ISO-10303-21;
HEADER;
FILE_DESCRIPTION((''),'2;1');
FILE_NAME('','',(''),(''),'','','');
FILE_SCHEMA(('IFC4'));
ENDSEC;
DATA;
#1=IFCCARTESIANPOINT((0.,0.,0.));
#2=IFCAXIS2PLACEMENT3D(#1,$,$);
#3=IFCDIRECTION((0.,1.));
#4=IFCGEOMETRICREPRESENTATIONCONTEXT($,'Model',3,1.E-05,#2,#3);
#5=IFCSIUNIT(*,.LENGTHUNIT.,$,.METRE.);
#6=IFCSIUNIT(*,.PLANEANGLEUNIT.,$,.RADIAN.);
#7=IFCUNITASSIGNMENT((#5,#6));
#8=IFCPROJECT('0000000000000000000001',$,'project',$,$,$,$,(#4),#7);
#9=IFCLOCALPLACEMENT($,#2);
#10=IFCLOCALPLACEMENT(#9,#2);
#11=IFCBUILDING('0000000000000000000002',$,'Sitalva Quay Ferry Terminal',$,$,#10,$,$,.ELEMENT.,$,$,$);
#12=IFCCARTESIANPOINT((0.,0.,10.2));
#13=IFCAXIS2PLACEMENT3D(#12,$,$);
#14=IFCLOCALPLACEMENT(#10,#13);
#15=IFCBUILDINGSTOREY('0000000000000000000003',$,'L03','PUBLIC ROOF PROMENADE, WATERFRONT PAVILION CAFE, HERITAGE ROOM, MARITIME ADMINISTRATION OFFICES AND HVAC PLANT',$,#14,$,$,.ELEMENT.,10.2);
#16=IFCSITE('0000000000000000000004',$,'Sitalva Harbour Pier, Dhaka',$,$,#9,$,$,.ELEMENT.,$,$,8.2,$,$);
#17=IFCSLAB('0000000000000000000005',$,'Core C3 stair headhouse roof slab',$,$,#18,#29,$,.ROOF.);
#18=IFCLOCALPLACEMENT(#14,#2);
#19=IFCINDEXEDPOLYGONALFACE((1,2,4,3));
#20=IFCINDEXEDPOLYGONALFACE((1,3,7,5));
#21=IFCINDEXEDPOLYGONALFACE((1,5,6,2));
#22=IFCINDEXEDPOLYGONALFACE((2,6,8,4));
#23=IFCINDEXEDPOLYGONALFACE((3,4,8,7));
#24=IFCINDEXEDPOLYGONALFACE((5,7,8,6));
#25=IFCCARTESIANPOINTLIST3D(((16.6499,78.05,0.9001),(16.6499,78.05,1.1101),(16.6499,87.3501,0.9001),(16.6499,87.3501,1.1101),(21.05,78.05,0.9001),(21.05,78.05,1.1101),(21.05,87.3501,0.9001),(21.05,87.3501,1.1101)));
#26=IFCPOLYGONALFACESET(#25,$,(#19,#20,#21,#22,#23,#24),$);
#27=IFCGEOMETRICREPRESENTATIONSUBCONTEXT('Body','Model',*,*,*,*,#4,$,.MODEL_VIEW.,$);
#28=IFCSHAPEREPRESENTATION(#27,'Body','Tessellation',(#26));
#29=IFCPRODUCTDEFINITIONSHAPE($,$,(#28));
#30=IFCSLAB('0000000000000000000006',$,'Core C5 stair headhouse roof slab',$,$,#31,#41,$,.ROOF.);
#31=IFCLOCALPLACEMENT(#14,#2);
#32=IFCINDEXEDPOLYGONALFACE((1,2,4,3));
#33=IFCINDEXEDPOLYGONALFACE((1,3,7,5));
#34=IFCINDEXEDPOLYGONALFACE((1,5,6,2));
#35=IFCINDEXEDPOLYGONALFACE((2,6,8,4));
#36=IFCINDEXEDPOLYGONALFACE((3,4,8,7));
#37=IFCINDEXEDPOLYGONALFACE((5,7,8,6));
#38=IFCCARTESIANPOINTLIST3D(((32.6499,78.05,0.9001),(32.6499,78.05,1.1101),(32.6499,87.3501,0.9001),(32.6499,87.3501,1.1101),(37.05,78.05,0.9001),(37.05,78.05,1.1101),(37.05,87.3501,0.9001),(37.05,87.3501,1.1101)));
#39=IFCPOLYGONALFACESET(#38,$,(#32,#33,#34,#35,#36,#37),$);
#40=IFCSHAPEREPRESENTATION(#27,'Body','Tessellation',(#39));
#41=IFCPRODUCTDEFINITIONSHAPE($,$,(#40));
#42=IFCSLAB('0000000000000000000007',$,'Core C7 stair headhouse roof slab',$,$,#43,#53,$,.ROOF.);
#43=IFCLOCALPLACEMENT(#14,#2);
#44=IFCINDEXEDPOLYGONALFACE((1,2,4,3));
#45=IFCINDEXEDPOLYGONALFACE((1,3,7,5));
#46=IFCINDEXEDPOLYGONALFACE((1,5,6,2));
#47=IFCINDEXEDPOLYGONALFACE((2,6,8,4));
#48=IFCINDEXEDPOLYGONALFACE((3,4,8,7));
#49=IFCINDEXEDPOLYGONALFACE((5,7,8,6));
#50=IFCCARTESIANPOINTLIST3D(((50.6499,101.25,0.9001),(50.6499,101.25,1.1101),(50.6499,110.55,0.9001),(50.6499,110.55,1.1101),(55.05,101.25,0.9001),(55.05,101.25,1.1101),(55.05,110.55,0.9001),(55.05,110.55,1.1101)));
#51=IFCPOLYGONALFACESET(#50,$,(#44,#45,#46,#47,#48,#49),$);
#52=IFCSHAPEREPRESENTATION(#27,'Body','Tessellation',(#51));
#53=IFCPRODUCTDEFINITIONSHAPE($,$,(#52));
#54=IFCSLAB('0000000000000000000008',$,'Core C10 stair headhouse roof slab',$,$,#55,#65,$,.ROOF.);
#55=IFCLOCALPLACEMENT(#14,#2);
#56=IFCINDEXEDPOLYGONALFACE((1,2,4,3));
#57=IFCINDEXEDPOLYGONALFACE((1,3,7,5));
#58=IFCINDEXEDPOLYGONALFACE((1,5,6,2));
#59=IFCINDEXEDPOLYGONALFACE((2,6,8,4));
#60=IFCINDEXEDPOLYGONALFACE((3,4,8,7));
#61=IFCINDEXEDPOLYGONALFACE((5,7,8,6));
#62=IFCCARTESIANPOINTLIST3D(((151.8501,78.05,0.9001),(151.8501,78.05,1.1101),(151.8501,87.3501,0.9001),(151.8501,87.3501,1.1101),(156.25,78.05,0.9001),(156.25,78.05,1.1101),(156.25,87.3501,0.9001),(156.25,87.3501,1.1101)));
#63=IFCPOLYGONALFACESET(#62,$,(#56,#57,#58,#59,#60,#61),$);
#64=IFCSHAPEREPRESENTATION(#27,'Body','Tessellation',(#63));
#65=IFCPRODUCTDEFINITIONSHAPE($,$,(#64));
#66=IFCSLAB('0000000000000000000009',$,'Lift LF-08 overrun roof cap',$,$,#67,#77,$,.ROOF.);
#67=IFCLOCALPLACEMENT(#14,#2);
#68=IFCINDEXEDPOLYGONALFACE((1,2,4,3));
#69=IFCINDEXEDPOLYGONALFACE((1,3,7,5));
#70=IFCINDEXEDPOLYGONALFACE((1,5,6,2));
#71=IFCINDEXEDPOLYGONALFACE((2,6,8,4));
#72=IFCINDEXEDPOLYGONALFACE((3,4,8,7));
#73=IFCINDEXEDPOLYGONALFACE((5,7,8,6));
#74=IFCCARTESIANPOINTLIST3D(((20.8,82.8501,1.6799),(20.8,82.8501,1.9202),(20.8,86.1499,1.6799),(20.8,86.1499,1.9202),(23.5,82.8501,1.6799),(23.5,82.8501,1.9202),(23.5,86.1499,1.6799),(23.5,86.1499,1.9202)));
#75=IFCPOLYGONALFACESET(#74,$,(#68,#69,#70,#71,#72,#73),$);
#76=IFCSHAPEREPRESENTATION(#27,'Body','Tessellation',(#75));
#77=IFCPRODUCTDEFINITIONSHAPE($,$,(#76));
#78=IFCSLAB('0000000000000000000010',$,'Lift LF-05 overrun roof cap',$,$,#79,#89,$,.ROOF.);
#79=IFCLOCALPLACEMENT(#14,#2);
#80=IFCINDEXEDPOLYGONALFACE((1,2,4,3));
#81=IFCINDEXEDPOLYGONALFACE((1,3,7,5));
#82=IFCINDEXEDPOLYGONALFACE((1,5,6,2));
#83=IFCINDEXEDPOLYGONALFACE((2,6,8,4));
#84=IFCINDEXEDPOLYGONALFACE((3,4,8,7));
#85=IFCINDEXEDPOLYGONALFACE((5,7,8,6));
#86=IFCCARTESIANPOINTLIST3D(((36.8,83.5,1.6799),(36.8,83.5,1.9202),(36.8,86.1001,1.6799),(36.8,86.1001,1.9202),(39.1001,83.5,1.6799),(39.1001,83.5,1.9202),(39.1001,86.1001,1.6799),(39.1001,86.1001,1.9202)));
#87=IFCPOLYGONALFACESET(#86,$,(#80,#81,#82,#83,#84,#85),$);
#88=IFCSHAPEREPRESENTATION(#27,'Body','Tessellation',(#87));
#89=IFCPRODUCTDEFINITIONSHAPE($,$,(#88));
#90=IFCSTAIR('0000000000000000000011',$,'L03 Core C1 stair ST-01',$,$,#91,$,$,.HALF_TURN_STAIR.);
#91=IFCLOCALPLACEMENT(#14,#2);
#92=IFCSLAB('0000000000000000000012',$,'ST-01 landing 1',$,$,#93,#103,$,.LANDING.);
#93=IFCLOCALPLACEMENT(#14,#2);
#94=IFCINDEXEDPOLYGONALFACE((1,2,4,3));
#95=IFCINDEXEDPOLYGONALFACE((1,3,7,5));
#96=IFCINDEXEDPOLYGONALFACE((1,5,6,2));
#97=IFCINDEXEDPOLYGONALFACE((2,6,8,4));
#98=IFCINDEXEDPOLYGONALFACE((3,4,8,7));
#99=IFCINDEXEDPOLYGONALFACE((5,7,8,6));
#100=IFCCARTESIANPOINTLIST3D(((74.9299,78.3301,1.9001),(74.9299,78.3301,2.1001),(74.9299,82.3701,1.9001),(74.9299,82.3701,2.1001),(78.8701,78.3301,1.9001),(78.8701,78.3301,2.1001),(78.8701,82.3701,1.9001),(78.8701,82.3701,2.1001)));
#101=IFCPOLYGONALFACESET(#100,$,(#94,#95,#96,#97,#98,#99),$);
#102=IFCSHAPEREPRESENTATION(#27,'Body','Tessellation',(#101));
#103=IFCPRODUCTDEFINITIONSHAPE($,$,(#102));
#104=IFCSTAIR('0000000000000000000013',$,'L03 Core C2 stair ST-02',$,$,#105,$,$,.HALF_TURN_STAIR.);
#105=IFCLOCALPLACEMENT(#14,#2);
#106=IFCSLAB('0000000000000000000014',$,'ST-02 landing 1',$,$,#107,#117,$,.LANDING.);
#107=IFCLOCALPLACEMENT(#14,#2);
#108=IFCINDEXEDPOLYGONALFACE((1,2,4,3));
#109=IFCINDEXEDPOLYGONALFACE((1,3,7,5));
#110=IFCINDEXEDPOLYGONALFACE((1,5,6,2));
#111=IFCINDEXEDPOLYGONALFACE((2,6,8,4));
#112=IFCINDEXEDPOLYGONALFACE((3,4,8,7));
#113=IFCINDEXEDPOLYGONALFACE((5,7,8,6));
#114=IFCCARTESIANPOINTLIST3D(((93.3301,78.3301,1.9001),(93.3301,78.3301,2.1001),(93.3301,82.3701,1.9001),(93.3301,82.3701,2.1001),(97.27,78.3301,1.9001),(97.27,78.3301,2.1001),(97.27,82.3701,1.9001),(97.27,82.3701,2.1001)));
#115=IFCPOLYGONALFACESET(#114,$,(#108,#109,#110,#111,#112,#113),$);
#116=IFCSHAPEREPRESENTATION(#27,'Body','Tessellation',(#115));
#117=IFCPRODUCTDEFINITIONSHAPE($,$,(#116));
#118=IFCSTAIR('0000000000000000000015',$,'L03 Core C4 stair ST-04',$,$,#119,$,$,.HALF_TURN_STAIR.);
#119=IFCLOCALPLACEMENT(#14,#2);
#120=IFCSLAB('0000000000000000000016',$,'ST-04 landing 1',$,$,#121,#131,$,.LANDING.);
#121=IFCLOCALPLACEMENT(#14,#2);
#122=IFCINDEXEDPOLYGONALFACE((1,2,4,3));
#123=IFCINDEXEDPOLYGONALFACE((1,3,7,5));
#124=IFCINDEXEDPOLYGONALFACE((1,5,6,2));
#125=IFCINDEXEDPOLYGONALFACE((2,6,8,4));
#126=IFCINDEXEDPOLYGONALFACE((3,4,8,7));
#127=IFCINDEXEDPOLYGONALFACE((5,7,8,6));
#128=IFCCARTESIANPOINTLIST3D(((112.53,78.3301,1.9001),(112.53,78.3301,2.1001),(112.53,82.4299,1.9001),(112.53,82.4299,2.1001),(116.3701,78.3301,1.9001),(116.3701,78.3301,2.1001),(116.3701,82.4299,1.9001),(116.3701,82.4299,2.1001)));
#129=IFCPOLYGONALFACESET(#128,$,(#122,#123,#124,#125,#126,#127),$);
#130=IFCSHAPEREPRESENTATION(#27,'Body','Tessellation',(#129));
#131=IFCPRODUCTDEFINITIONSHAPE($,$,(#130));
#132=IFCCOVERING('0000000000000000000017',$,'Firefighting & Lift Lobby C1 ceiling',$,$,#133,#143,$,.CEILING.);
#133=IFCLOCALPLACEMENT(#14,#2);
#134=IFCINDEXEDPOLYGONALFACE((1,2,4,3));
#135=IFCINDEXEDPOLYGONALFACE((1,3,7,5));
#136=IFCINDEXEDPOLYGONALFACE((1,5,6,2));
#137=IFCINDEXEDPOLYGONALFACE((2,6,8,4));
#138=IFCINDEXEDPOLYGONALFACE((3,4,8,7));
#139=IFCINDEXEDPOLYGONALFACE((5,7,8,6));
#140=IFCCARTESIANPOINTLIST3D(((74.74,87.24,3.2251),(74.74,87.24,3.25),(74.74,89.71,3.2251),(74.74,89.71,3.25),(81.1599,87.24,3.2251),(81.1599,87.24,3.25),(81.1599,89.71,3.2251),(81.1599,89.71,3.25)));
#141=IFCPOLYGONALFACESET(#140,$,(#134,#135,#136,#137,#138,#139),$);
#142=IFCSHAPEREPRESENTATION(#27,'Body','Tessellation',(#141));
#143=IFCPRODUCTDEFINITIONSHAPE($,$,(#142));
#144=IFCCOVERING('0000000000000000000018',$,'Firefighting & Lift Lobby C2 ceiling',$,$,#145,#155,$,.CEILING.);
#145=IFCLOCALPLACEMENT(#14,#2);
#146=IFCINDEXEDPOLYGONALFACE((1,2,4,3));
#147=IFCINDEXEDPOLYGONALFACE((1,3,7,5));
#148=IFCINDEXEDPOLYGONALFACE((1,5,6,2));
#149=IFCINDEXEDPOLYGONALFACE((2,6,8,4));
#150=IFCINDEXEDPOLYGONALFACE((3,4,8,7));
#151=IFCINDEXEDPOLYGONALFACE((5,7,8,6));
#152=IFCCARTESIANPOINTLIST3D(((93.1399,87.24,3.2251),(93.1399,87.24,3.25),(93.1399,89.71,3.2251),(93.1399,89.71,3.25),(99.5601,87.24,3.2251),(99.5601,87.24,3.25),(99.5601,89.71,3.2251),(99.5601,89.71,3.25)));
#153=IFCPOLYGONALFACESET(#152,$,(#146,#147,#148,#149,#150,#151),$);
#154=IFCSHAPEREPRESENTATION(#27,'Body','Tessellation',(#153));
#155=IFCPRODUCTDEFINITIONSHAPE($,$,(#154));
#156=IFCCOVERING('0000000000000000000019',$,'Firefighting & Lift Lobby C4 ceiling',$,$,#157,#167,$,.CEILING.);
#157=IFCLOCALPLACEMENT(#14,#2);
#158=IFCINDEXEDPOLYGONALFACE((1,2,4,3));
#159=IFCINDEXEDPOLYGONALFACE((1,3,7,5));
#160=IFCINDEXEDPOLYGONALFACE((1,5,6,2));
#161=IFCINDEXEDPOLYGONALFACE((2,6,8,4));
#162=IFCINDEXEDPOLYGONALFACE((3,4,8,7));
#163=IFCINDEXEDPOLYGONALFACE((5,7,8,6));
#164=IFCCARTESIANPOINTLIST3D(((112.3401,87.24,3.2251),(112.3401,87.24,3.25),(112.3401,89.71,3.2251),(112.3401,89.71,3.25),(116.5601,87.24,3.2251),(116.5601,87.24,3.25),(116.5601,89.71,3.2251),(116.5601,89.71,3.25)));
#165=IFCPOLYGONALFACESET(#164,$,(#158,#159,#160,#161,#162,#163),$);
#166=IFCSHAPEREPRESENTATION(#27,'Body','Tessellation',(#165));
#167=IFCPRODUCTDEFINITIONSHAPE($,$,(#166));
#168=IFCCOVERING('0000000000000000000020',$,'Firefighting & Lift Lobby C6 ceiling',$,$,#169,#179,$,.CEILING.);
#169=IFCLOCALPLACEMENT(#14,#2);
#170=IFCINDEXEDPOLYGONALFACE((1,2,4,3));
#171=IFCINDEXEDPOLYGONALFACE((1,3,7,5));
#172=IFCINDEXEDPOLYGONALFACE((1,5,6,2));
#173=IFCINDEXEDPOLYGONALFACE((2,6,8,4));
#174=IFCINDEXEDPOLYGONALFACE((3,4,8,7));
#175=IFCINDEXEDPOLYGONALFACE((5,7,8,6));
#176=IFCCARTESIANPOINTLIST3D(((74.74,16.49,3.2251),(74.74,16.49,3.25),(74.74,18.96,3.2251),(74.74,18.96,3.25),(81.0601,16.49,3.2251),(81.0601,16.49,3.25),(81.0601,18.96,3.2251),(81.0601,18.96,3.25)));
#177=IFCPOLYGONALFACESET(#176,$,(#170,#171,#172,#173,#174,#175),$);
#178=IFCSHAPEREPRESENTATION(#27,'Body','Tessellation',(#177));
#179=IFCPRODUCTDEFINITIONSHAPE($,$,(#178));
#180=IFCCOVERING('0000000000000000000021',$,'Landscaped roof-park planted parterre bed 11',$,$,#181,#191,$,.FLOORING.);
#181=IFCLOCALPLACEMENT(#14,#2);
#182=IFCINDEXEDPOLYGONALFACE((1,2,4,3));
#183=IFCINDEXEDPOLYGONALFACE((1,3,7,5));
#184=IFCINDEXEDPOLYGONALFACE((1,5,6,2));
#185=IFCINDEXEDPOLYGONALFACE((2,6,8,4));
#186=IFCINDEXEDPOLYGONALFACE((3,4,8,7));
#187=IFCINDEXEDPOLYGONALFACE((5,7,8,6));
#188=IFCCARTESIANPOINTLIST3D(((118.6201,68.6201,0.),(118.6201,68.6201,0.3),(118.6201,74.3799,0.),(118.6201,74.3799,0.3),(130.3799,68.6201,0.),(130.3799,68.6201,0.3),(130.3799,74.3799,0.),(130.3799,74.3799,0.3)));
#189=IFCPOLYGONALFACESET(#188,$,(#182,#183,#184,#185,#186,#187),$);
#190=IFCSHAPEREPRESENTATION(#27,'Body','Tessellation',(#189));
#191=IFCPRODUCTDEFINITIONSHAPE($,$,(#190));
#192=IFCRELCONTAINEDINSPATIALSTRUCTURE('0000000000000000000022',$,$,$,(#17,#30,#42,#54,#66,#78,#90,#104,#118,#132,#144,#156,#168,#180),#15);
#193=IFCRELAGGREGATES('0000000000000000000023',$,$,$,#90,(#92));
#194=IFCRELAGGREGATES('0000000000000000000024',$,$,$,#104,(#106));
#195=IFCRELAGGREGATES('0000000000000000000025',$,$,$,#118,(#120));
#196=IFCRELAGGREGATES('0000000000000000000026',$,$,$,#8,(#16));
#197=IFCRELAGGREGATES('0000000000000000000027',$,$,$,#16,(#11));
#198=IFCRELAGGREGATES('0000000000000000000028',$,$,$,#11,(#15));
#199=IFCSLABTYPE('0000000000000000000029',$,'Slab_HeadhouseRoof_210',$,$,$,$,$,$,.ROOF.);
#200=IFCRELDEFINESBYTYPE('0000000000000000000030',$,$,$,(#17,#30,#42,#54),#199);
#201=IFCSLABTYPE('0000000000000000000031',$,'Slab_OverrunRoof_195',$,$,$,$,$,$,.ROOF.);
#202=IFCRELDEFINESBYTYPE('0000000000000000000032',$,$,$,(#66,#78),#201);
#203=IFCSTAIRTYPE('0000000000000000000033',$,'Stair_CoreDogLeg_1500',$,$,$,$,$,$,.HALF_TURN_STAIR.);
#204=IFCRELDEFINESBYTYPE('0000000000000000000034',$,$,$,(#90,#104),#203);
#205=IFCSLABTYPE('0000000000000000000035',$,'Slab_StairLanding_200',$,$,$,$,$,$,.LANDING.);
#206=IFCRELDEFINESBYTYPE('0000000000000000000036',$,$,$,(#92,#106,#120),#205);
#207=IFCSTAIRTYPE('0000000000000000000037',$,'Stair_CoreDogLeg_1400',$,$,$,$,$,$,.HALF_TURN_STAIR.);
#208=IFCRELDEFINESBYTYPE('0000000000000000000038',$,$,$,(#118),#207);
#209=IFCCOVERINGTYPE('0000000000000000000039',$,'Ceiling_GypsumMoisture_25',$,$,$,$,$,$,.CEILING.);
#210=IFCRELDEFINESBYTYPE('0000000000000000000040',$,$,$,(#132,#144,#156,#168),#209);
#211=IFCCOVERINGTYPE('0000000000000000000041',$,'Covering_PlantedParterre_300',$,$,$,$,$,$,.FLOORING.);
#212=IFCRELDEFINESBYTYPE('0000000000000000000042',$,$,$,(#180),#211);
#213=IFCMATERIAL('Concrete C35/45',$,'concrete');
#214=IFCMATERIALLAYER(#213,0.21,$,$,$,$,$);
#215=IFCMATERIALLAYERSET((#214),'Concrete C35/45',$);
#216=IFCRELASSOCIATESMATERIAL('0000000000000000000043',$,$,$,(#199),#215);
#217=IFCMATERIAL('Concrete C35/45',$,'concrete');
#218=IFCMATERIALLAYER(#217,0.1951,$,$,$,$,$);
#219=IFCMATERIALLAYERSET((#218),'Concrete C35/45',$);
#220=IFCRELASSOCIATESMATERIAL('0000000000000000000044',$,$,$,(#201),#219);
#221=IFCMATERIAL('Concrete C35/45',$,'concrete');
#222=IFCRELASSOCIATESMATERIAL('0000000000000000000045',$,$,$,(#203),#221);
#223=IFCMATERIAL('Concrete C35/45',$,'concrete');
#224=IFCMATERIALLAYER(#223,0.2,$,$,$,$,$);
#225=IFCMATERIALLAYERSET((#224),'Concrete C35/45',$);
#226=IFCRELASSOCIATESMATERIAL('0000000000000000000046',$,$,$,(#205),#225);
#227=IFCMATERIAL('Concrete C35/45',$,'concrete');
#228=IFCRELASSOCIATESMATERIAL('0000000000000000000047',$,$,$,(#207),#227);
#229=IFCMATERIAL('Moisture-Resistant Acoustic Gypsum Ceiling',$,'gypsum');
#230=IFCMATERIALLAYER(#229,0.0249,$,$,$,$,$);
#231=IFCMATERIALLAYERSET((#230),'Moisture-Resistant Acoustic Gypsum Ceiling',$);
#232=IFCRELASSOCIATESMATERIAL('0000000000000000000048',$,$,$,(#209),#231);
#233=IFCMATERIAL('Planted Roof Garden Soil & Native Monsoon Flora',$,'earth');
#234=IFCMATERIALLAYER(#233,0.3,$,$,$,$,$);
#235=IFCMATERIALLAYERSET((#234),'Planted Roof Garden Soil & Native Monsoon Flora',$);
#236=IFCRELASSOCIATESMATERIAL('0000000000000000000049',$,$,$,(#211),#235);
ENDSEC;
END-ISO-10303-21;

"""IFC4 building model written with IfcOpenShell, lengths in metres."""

from ifc_helpers import new_model, si_unit, direction, frame, origin, place, context, subcontext, project, spatial, polyline, outline, extrude, material, layer, layer_set, type_object, element, aggregate, save


model = new_model("IFC4")

# Units and contexts
model_context = context("Model", 3, precision=1e-05, world=origin(), true_north=direction((0.0, 1.0)))
body_context = subcontext(model_context, "Body", "Model", "MODEL_VIEW")
ifc_project = project(units=[si_unit("LENGTHUNIT", "METRE"), si_unit("PLANEANGLEUNIT", "RADIAN")], contexts=[model_context])

# Site, building, storey
site_placement = place(None, origin())
site = spatial("IfcSite", under=ifc_project, at=site_placement, Name="Sitalva Harbour Pier, Dhaka", CompositionType="ELEMENT", RefElevation=8.2)
building_placement = place(site_placement, origin())
building = spatial("IfcBuilding", under=site, at=building_placement, Name="Sitalva Quay Ferry Terminal", CompositionType="ELEMENT")
storey_placement = place(building_placement, frame((0.0, 0.0, 10.2)))
storey = spatial("IfcBuildingStorey", under=building, at=storey_placement, Name="L03", Description="PUBLIC ROOF PROMENADE, WATERFRONT PAVILION CAFE, HERITAGE ROOM, MARITIME ADMINISTRATION OFFICES AND HVAC PLANT", CompositionType="ELEMENT", Elevation=10.2)

# Slabs
ifc_material_1 = material(Name="Concrete C35/45", Category="concrete")
ifc_layer_1 = layer(ifc_material_1, 0.21)
ifc_layer_set_1 = layer_set([ifc_layer_1], Name="Concrete C35/45")
slab_type_1 = type_object("IfcSlabType", Name="Slab_HeadhouseRoof_210", PredefinedType="ROOF", material=ifc_layer_set_1)
slab_1_placement = place(storey_placement, frame((0.0, 0.0, 0.9001)))
element("IfcSlab", 1, at=slab_1_placement, inside=storey, type_object=slab_type_1, Name="Core C3 stair headhouse roof slab", PredefinedType="ROOF", context=body_context, shape_type="SweptSolid", body=[
    extrude(outline(polyline([(16.6499, 78.05), (21.05, 78.05), (21.05, 87.3501), (16.6499, 87.3501), (16.6499, 78.05)])), origin(), (0.0, 0.0, 1.0), 0.21),
])
slab_2_placement = place(storey_placement, frame((0.0, 0.0, 0.9001)))
element("IfcSlab", 2, at=slab_2_placement, inside=storey, type_object=slab_type_1, Name="Core C5 stair headhouse roof slab", PredefinedType="ROOF", context=body_context, shape_type="SweptSolid", body=[
    extrude(outline(polyline([(32.6499, 78.05), (37.05, 78.05), (37.05, 87.3501), (32.6499, 87.3501), (32.6499, 78.05)])), origin(), (0.0, 0.0, 1.0), 0.21),
])
slab_3_placement = place(storey_placement, frame((0.0, 0.0, 0.9001)))
element("IfcSlab", 3, at=slab_3_placement, inside=storey, type_object=slab_type_1, Name="Core C7 stair headhouse roof slab", PredefinedType="ROOF", context=body_context, shape_type="SweptSolid", body=[
    extrude(outline(polyline([(50.6499, 101.25), (55.05, 101.25), (55.05, 110.55), (50.6499, 110.55), (50.6499, 101.25)])), origin(), (0.0, 0.0, 1.0), 0.21),
])
slab_4_placement = place(storey_placement, frame((0.0, 0.0, 0.9001)))
element("IfcSlab", 4, at=slab_4_placement, inside=storey, type_object=slab_type_1, Name="Core C10 stair headhouse roof slab", PredefinedType="ROOF", context=body_context, shape_type="SweptSolid", body=[
    extrude(outline(polyline([(151.8501, 78.05), (156.25, 78.05), (156.25, 87.3501), (151.8501, 87.3501), (151.8501, 78.05)])), origin(), (0.0, 0.0, 1.0), 0.21),
])
ifc_material_2 = material(Name="Concrete C35/45", Category="concrete")
ifc_layer_2 = layer(ifc_material_2, 0.1951)
ifc_layer_set_2 = layer_set([ifc_layer_2], Name="Concrete C35/45")
slab_type_2 = type_object("IfcSlabType", Name="Slab_OverrunRoof_195", PredefinedType="ROOF", material=ifc_layer_set_2)
slab_5_placement = place(storey_placement, frame((0.0, 0.0, 1.6799)))
element("IfcSlab", 5, at=slab_5_placement, inside=storey, type_object=slab_type_2, Name="Lift LF-08 overrun roof cap", PredefinedType="ROOF", context=body_context, shape_type="SweptSolid", body=[
    extrude(outline(polyline([(20.8, 82.8501), (23.5, 82.8501), (23.5, 86.1499), (20.8, 86.1499), (20.8, 82.8501)])), origin(), (0.0, 0.0, 1.0), 0.2402),
])
slab_6_placement = place(storey_placement, frame((0.0, 0.0, 1.6799)))
element("IfcSlab", 6, at=slab_6_placement, inside=storey, type_object=slab_type_2, Name="Lift LF-05 overrun roof cap", PredefinedType="ROOF", context=body_context, shape_type="SweptSolid", body=[
    extrude(outline(polyline([(36.8, 83.5), (39.1001, 83.5), (39.1001, 86.1001), (36.8, 86.1001), (36.8, 83.5)])), origin(), (0.0, 0.0, 1.0), 0.2402),
])

# Stairs, slabs
ifc_material_3 = material(Name="Concrete C35/45", Category="concrete")
stair_type_1 = type_object("IfcStairType", Name="Stair_CoreDogLeg_1500", PredefinedType="HALF_TURN_STAIR", material=ifc_material_3)
stair_1_placement = place(storey_placement, origin())
stair_1 = element("IfcStair", 7, at=stair_1_placement, inside=storey, type_object=stair_type_1, Name="L03 Core C1 stair ST-01", PredefinedType="HALF_TURN_STAIR")
ifc_material_4 = material(Name="Concrete C35/45", Category="concrete")
ifc_layer_3 = layer(ifc_material_4, 0.2)
ifc_layer_set_3 = layer_set([ifc_layer_3], Name="Concrete C35/45")
slab_type_3 = type_object("IfcSlabType", Name="Slab_StairLanding_200", PredefinedType="LANDING", material=ifc_layer_set_3)
slab_7_placement = place(storey_placement, frame((0.0, 0.0, 1.9001)))
slab_7 = element("IfcSlab", 8, at=slab_7_placement, type_object=slab_type_3, Name="ST-01 landing 1", PredefinedType="LANDING", context=body_context, shape_type="SweptSolid", body=[
    extrude(outline(polyline([(74.9299, 82.3701), (74.9299, 78.3301), (78.8701, 78.3301), (78.8701, 82.3701), (74.9299, 82.3701)])), origin(), (0.0, 0.0, 1.0), 0.2),
])
aggregate(stair_1, [slab_7])
stair_2_placement = place(storey_placement, origin())
stair_2 = element("IfcStair", 9, at=stair_2_placement, inside=storey, type_object=stair_type_1, Name="L03 Core C2 stair ST-02", PredefinedType="HALF_TURN_STAIR")
slab_8_placement = place(storey_placement, frame((0.0, 0.0, 1.9001)))
slab_8 = element("IfcSlab", 10, at=slab_8_placement, type_object=slab_type_3, Name="ST-02 landing 1", PredefinedType="LANDING", context=body_context, shape_type="SweptSolid", body=[
    extrude(outline(polyline([(93.3301, 82.3701), (93.3301, 78.3301), (97.27, 78.3301), (97.27, 82.3701), (93.3301, 82.3701)])), origin(), (0.0, 0.0, 1.0), 0.2),
])
aggregate(stair_2, [slab_8])
ifc_material_5 = material(Name="Concrete C35/45", Category="concrete")
stair_type_2 = type_object("IfcStairType", Name="Stair_CoreDogLeg_1400", PredefinedType="HALF_TURN_STAIR", material=ifc_material_5)
stair_3_placement = place(storey_placement, origin())
stair_3 = element("IfcStair", 11, at=stair_3_placement, inside=storey, type_object=stair_type_2, Name="L03 Core C4 stair ST-04", PredefinedType="HALF_TURN_STAIR")
slab_9_placement = place(storey_placement, frame((0.0, 0.0, 1.9001)))
slab_9 = element("IfcSlab", 12, at=slab_9_placement, type_object=slab_type_3, Name="ST-04 landing 1", PredefinedType="LANDING", context=body_context, shape_type="SweptSolid", body=[
    extrude(outline(polyline([(112.53, 82.4299), (112.53, 78.3301), (116.3701, 78.3301), (116.3701, 82.4299), (112.53, 82.4299)])), origin(), (0.0, 0.0, 1.0), 0.2),
])
aggregate(stair_3, [slab_9])

# Coverings
ifc_material_6 = material(Name="Moisture-Resistant Acoustic Gypsum Ceiling", Category="gypsum")
ifc_layer_4 = layer(ifc_material_6, 0.0249)
ifc_layer_set_4 = layer_set([ifc_layer_4], Name="Moisture-Resistant Acoustic Gypsum Ceiling")
covering_type_1 = type_object("IfcCoveringType", Name="Ceiling_GypsumMoisture_25", PredefinedType="CEILING", material=ifc_layer_set_4)
covering_1_placement = place(storey_placement, frame((0.0, 0.0, 3.2251)))
element("IfcCovering", 13, at=covering_1_placement, inside=storey, type_object=covering_type_1, Name="Firefighting & Lift Lobby C1 ceiling", PredefinedType="CEILING", context=body_context, shape_type="SweptSolid", body=[
    extrude(outline(polyline([(74.74, 87.24), (81.1599, 87.24), (81.1599, 89.71), (74.74, 89.71), (74.74, 87.24)])), origin(), (0.0, 0.0, 1.0), 0.0249),
])
covering_2_placement = place(storey_placement, frame((0.0, 0.0, 3.2251)))
element("IfcCovering", 14, at=covering_2_placement, inside=storey, type_object=covering_type_1, Name="Firefighting & Lift Lobby C2 ceiling", PredefinedType="CEILING", context=body_context, shape_type="SweptSolid", body=[
    extrude(outline(polyline([(93.1399, 87.24), (99.5601, 87.24), (99.5601, 89.71), (93.1399, 89.71), (93.1399, 87.24)])), origin(), (0.0, 0.0, 1.0), 0.0249),
])
covering_3_placement = place(storey_placement, frame((0.0, 0.0, 3.2251)))
element("IfcCovering", 15, at=covering_3_placement, inside=storey, type_object=covering_type_1, Name="Firefighting & Lift Lobby C4 ceiling", PredefinedType="CEILING", context=body_context, shape_type="SweptSolid", body=[
    extrude(outline(polyline([(112.3401, 87.24), (116.5601, 87.24), (116.5601, 89.71), (112.3401, 89.71), (112.3401, 87.24)])), origin(), (0.0, 0.0, 1.0), 0.0249),
])
covering_4_placement = place(storey_placement, frame((0.0, 0.0, 3.2251)))
element("IfcCovering", 16, at=covering_4_placement, inside=storey, type_object=covering_type_1, Name="Firefighting & Lift Lobby C6 ceiling", PredefinedType="CEILING", context=body_context, shape_type="SweptSolid", body=[
    extrude(outline(polyline([(74.74, 16.49), (81.0601, 16.49), (81.0601, 18.96), (74.74, 18.96), (74.74, 16.49)])), origin(), (0.0, 0.0, 1.0), 0.0249),
])
ifc_material_7 = material(Name="Planted Roof Garden Soil & Native Monsoon Flora", Category="earth")
ifc_layer_5 = layer(ifc_material_7, 0.3)
ifc_layer_set_5 = layer_set([ifc_layer_5], Name="Planted Roof Garden Soil & Native Monsoon Flora")
covering_type_2 = type_object("IfcCoveringType", Name="Covering_PlantedParterre_300", PredefinedType="FLOORING", material=ifc_layer_set_5)
covering_5_placement = place(storey_placement, origin())
element("IfcCovering", 17, at=covering_5_placement, inside=storey, type_object=covering_type_2, Name="Landscaped roof-park planted parterre bed 11", PredefinedType="FLOORING", context=body_context, shape_type="SweptSolid", body=[
    extrude(outline(polyline([(118.6201, 68.6201), (130.3799, 68.6201), (130.3799, 74.3799), (118.6201, 74.3799), (118.6201, 68.6201)])), origin(), (0.0, 0.0, 1.0), 0.3),
])

save(model, "model.ifc")
